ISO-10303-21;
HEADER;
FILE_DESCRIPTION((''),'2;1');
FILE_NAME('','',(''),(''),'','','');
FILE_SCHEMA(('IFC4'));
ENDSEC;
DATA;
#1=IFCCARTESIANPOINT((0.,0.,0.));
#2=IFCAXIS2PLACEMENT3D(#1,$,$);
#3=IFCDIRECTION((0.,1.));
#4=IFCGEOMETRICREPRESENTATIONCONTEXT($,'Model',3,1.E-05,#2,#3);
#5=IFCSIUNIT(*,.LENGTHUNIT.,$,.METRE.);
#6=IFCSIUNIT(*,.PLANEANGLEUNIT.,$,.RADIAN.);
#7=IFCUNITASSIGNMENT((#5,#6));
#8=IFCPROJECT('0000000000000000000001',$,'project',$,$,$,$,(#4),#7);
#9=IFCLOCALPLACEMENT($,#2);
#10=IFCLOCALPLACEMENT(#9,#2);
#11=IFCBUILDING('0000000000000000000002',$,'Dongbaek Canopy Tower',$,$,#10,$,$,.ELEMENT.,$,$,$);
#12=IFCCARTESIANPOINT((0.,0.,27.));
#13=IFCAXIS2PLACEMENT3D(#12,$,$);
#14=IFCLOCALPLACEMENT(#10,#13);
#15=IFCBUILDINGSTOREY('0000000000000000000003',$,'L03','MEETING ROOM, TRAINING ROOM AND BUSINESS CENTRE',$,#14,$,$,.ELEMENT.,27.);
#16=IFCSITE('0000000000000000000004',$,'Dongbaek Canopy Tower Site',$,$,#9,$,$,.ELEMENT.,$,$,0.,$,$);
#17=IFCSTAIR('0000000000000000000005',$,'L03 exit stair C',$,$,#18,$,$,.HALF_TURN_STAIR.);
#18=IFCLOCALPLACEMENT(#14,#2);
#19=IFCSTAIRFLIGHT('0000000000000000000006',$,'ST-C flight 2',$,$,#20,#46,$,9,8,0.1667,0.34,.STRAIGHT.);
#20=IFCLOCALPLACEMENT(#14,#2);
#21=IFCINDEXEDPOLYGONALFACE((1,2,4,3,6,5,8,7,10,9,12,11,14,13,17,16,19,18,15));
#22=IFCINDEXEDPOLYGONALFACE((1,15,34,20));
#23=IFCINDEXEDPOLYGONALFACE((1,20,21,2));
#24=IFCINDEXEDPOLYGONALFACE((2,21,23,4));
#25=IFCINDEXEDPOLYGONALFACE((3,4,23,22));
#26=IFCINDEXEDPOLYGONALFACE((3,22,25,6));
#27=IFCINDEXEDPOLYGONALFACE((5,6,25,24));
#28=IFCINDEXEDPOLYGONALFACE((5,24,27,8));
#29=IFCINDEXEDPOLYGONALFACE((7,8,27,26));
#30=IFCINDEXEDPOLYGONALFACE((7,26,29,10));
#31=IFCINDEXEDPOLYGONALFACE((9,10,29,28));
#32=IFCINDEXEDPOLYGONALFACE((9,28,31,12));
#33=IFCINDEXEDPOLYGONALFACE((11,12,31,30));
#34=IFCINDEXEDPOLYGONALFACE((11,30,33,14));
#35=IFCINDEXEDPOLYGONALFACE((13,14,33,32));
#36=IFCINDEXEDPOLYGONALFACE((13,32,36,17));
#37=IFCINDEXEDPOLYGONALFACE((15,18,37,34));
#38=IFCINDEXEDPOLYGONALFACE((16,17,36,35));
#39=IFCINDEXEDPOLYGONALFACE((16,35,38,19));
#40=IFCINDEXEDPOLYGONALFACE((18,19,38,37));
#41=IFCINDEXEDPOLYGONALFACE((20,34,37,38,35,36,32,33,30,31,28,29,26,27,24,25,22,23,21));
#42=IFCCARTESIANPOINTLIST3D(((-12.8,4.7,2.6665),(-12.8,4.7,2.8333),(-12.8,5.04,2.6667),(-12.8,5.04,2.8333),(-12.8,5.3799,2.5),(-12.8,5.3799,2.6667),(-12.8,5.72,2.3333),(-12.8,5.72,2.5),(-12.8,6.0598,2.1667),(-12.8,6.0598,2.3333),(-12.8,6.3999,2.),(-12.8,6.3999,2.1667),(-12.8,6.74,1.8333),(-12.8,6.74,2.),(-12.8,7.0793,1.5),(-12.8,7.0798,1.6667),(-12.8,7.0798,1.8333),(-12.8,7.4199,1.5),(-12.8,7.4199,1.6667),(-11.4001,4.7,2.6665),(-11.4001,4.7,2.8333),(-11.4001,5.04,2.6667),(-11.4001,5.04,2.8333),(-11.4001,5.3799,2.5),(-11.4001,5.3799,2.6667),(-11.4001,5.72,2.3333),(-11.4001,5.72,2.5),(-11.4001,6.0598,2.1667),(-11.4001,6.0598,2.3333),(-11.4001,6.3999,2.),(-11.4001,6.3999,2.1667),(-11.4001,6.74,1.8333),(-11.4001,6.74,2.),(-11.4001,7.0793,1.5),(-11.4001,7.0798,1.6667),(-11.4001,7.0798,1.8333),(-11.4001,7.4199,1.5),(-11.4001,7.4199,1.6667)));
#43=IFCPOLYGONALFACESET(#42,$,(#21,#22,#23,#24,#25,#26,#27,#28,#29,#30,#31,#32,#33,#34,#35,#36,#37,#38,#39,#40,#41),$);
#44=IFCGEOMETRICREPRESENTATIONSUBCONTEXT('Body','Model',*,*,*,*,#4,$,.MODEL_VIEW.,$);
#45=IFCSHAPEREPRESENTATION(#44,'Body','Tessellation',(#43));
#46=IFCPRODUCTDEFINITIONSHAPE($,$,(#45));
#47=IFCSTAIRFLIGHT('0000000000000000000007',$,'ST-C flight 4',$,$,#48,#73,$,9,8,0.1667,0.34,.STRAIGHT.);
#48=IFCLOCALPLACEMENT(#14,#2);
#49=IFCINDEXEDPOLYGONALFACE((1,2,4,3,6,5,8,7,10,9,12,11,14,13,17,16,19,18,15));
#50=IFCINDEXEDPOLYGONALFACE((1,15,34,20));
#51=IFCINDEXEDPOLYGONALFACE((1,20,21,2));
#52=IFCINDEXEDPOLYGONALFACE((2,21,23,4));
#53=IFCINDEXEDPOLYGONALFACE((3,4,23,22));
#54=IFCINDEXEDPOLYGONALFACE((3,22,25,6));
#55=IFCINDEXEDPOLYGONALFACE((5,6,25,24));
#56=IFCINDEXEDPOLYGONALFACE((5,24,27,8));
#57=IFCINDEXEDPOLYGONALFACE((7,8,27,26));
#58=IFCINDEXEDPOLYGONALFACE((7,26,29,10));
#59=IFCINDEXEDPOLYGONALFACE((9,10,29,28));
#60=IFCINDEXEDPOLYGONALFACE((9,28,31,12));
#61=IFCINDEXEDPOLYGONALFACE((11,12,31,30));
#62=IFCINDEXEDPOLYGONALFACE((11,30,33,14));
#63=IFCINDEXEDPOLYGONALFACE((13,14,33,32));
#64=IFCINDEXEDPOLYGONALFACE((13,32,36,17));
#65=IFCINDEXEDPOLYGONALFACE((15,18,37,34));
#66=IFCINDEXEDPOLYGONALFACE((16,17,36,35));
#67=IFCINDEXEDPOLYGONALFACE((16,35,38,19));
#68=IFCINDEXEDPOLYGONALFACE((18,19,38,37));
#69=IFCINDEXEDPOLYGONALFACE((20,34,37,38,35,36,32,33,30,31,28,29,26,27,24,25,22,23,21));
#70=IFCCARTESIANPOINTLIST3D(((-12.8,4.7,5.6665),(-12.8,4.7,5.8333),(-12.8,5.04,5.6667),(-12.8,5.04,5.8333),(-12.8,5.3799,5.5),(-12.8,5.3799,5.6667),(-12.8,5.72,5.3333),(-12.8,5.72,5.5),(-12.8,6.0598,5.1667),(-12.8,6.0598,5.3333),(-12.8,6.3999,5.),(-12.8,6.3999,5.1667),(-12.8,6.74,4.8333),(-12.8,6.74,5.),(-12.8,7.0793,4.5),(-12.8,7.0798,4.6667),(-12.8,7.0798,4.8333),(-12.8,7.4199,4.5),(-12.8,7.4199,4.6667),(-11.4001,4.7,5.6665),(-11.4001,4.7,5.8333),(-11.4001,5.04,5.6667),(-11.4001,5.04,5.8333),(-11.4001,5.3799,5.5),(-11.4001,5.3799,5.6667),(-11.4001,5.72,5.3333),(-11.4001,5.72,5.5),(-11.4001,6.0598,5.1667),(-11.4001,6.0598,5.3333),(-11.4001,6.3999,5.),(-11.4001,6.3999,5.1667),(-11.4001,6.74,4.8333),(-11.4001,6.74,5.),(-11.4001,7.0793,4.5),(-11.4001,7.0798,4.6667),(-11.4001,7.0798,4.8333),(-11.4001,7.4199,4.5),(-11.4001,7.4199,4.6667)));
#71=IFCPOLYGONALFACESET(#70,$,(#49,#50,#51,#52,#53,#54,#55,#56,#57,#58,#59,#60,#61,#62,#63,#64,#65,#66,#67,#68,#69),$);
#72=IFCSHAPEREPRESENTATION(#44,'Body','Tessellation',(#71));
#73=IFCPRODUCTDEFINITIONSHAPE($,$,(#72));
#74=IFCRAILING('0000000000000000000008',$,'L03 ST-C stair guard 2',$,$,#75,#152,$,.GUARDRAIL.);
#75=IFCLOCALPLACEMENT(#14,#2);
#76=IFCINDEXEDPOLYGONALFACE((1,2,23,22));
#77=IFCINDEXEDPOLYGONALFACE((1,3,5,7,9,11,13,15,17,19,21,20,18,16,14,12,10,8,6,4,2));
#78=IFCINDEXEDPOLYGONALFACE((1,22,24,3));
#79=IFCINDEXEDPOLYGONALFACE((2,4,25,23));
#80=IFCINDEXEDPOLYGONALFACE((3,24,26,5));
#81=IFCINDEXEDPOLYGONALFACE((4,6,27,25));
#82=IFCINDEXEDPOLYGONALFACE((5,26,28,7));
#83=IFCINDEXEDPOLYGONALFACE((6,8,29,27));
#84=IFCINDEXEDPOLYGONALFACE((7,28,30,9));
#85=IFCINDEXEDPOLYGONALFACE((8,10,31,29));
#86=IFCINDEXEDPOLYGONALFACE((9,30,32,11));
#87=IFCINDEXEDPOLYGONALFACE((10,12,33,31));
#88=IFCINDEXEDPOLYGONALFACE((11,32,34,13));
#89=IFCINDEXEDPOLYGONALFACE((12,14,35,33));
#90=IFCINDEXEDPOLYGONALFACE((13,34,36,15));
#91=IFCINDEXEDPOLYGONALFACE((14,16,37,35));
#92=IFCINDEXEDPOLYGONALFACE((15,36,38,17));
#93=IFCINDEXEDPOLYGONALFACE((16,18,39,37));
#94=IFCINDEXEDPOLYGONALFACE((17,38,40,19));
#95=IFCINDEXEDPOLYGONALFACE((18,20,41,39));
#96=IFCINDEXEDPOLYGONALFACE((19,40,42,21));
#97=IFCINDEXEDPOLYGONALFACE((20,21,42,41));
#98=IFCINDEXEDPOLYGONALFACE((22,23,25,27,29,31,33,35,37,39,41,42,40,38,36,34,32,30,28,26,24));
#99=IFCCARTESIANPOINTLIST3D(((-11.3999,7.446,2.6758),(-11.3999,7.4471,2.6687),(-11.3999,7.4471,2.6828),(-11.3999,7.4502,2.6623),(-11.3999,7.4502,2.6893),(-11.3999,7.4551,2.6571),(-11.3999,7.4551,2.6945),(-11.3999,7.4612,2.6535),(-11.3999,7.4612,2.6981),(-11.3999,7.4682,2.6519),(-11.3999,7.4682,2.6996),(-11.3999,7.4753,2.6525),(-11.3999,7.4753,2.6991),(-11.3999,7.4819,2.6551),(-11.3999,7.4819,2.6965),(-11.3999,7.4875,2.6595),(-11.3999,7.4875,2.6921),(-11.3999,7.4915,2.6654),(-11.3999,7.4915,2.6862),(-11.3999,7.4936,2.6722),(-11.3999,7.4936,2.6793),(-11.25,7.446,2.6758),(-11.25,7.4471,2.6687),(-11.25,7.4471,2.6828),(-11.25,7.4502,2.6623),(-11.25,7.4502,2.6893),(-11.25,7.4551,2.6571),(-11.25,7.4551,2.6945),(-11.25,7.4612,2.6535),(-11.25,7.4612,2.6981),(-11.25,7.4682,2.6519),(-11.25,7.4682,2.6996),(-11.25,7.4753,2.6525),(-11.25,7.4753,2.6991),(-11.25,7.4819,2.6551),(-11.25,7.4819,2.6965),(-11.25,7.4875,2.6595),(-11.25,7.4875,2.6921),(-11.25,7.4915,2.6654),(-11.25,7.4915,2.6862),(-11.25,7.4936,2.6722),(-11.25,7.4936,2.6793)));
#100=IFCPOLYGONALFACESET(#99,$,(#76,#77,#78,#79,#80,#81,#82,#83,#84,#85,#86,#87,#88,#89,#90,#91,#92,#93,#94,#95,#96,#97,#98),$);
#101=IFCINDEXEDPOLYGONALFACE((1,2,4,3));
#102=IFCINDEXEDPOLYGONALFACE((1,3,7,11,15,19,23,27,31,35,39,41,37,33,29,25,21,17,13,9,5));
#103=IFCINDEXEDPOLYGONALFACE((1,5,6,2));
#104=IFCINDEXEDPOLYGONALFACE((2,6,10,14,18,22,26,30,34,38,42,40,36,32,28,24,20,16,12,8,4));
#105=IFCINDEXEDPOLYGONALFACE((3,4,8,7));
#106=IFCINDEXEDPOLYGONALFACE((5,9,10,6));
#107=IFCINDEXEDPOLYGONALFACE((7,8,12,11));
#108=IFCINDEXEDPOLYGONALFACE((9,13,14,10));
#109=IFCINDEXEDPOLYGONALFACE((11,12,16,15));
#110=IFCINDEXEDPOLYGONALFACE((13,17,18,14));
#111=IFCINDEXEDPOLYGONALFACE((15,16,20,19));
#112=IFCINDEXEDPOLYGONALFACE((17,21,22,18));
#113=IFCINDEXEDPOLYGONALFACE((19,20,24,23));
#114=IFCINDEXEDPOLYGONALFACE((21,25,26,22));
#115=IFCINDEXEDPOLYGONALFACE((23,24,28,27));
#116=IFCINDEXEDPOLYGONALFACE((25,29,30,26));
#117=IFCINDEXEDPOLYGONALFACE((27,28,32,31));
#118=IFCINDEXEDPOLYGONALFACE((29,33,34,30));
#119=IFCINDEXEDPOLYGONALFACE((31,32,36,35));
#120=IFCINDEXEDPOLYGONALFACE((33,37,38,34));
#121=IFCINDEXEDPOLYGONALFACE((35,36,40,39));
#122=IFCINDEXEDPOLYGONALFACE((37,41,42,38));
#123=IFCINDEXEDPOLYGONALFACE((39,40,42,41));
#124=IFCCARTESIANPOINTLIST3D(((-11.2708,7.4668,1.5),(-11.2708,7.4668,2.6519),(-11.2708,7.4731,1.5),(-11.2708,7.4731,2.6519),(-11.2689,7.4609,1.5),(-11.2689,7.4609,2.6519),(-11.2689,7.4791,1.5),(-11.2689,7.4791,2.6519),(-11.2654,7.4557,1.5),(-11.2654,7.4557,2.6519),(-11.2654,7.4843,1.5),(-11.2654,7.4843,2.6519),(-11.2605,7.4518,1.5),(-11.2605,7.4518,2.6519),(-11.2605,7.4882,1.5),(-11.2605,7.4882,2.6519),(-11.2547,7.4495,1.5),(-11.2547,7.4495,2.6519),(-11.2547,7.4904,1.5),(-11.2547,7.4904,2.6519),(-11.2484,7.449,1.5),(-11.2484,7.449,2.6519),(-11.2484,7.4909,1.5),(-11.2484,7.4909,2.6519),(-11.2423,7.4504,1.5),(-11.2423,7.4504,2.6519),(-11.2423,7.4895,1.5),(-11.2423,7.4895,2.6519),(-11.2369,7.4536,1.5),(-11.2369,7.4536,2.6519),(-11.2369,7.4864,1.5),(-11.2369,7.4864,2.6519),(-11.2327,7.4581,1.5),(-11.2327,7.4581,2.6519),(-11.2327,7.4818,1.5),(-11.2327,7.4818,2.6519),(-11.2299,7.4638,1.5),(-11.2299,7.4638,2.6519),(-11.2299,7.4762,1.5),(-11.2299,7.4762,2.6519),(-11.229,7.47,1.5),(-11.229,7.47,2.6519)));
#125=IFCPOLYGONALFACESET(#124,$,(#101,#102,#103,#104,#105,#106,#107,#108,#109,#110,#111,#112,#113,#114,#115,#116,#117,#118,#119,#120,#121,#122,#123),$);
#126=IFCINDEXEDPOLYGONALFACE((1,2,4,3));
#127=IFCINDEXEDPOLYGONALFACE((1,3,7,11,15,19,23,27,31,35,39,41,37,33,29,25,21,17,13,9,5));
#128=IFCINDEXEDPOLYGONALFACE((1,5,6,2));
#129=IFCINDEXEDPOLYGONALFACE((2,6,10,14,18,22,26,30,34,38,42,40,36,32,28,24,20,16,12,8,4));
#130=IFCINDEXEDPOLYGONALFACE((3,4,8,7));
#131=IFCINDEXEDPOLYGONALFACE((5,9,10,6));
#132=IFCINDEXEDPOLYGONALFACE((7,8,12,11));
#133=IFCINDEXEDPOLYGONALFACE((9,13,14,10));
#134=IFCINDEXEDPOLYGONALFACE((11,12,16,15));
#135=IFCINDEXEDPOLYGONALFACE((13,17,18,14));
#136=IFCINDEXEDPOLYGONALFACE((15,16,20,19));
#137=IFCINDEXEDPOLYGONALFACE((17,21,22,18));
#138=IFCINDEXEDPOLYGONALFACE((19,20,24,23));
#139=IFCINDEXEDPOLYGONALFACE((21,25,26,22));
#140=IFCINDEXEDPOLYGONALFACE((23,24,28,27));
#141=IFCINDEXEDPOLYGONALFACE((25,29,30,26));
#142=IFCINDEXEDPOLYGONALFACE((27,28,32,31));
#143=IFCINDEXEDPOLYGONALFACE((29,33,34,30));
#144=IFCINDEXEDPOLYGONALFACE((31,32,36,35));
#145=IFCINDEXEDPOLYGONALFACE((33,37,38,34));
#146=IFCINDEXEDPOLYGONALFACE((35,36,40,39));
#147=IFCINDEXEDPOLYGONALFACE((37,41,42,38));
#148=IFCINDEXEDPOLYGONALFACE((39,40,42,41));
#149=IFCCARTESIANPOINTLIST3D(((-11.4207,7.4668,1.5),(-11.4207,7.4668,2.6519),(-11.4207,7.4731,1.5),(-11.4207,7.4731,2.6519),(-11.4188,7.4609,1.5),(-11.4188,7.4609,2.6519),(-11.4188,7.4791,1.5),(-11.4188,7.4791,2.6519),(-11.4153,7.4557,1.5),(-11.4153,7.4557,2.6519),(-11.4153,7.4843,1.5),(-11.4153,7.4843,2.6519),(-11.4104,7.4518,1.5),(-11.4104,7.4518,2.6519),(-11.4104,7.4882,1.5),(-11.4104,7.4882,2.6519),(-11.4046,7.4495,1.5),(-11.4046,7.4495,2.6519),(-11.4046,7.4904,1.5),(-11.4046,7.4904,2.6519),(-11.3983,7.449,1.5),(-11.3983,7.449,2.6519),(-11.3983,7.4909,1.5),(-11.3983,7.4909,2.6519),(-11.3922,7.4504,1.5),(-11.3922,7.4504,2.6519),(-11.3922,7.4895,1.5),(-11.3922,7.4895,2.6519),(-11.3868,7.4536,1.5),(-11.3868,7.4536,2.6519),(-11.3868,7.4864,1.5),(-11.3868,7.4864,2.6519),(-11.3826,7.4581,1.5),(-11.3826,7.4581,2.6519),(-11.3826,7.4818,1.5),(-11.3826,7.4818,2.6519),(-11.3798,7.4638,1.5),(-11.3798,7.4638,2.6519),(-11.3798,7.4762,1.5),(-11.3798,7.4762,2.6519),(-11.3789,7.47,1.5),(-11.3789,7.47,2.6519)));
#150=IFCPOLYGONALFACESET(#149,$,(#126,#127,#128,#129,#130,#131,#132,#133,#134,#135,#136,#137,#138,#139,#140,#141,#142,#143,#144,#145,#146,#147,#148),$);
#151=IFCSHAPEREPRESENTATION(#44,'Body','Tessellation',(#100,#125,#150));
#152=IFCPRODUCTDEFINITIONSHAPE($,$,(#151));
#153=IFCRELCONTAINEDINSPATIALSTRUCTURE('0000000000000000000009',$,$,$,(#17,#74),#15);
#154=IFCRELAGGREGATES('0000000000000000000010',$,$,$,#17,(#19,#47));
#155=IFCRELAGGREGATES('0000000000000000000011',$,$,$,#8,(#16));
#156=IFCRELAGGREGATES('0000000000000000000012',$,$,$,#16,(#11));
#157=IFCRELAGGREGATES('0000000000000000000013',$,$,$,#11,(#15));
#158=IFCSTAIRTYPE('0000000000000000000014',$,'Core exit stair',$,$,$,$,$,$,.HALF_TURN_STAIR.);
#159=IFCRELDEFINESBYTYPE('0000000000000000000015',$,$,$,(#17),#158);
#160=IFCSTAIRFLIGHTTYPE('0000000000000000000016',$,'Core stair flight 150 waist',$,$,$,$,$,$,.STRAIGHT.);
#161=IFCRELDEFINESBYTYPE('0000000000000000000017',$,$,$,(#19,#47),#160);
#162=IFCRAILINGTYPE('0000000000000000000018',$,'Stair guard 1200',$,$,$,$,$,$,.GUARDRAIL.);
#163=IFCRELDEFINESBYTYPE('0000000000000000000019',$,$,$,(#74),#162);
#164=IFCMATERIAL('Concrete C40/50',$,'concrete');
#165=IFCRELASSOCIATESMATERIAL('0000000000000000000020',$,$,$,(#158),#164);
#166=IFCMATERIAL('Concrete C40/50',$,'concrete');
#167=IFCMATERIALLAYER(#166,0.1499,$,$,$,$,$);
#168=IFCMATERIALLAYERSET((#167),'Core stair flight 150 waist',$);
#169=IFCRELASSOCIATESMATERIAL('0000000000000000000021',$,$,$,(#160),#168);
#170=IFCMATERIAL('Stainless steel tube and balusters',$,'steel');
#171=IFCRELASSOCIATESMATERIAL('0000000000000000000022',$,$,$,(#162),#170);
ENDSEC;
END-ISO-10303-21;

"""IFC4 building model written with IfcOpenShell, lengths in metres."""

from ifc_helpers import new_model, si_unit, direction, frame, origin, origin_2d, place, context, subcontext, project, spatial, polyline, circle, outline, extrude, material, layer, layer_set, type_object, element, aggregate, save


model = new_model("IFC4")

# Units and contexts
model_context = context("Model", 3, precision=1e-05, world=origin(), true_north=direction((0.0, 1.0)))
body_context = subcontext(model_context, "Body", "Model", "MODEL_VIEW")
ifc_project = project(units=[si_unit("LENGTHUNIT", "METRE"), si_unit("PLANEANGLEUNIT", "RADIAN")], contexts=[model_context])

# Site, building, storey
site_placement = place(None, origin())
site = spatial("IfcSite", under=ifc_project, at=site_placement, Name="Dongbaek Canopy Tower Site", CompositionType="ELEMENT", RefElevation=0.0)
building_placement = place(site_placement, origin())
building = spatial("IfcBuilding", under=site, at=building_placement, Name="Dongbaek Canopy Tower", CompositionType="ELEMENT")
storey_placement = place(building_placement, frame((0.0, 0.0, 27.0)))
storey = spatial("IfcBuildingStorey", under=building, at=storey_placement, Name="L03", Description="MEETING ROOM, TRAINING ROOM AND BUSINESS CENTRE", CompositionType="ELEMENT", Elevation=27.0)

# Stair, stair flights
ifc_material_1 = material(Name="Concrete C40/50", Category="concrete")
stair_type = type_object("IfcStairType", Name="Core exit stair", PredefinedType="HALF_TURN_STAIR", material=ifc_material_1)
stair_placement = place(storey_placement, origin())
stair = element("IfcStair", 1, at=stair_placement, inside=storey, type_object=stair_type, Name="L03 exit stair C", PredefinedType="HALF_TURN_STAIR")
ifc_material_2 = material(Name="Concrete C40/50", Category="concrete")
ifc_layer_1 = layer(ifc_material_2, 0.1499)
ifc_layer_set_1 = layer_set([ifc_layer_1], Name="Core stair flight 150 waist")
stair_flight_type = type_object("IfcStairFlightType", Name="Core stair flight 150 waist", PredefinedType="STRAIGHT", material=ifc_layer_set_1)
stair_flight_1_placement = place(storey_placement, frame((-12.1001, 7.4199, 1.5), z_axis=(0.0, 0.0, 1.0), x_axis=(0.0, -1.0, 0.0)))
stair_flight_1 = element("IfcStairFlight", 2, at=stair_flight_1_placement, type_object=stair_flight_type, Name="ST-C flight 2", NumberOfRisers=9, NumberOfTreads=8, PredefinedType="STRAIGHT", RiserHeight=0.1667, TreadLength=0.34, context=body_context, shape_type="SweptSolid", body=[
    extrude(outline(polyline([(0.0, 0.0), (0.0, 0.1667), (0.3401, 0.1667), (0.3401, 0.3333), (0.6799, 0.3333), (0.6799, 0.5), (1.02, 0.5), (1.02, 0.6667), (1.3601, 0.6667), (1.3601, 0.8333), (1.7, 0.8333), (1.7, 1.0), (2.04, 1.0), (2.04, 1.1667), (2.3799, 1.1667), (2.3799, 1.3333), (2.72, 1.3333), (2.72, 1.5), (2.72, 1.1665), (0.3406, 0.0), (0.0, 0.0)])), frame((0.0, 0.7, 0.0), z_axis=(0.0, -1.0, 0.0), x_axis=(1.0, 0.0, 0.0)), (0.0, 0.0, 1.0), 1.3999),
])
stair_flight_2_placement = place(storey_placement, frame((-12.1001, 7.4199, 4.5), z_axis=(0.0, 0.0, 1.0), x_axis=(0.0, -1.0, 0.0)))
stair_flight_2 = element("IfcStairFlight", 3, at=stair_flight_2_placement, type_object=stair_flight_type, Name="ST-C flight 4", NumberOfRisers=9, NumberOfTreads=8, PredefinedType="STRAIGHT", RiserHeight=0.1667, TreadLength=0.34, context=body_context, shape_type="SweptSolid", body=[
    extrude(outline(polyline([(0.0, 0.0), (0.0, 0.1667), (0.3401, 0.1667), (0.3401, 0.3333), (0.6799, 0.3333), (0.6799, 0.5), (1.02, 0.5), (1.02, 0.6667), (1.3601, 0.6667), (1.3601, 0.8333), (1.7, 0.8333), (1.7, 1.0), (2.04, 1.0), (2.04, 1.1667), (2.3799, 1.1667), (2.3799, 1.3333), (2.72, 1.3333), (2.72, 1.5), (2.72, 1.1665), (0.3406, 0.0), (0.0, 0.0)])), frame((0.0, 0.7, 0.0), z_axis=(0.0, -1.0, 0.0), x_axis=(1.0, 0.0, 0.0)), (0.0, 0.0, 1.0), 1.3999),
])
aggregate(stair, [stair_flight_1, stair_flight_2])

# Railing
ifc_material_3 = material(Name="Stainless steel tube and balusters", Category="steel")
railing_type_1 = type_object("IfcRailingType", Name="Stair guard 1200", PredefinedType="GUARDRAIL", material=ifc_material_3)
railing_1_placement = place(storey_placement, frame((-11.25, 7.47, 1.5)))
element("IfcRailing", 4, at=railing_1_placement, inside=storey, type_object=railing_type_1, Name="L03 ST-C stair guard 2", PredefinedType="GUARDRAIL", context=body_context, shape_type="SweptSolid", body=[
    extrude(circle(Radius=0.0239, at=origin_2d()), frame((0.0, 0.0, 1.1758), z_axis=(-1.0, 0.0, 0.0), x_axis=(0.0, -1.0, 0.0)), (0.0, 0.0, 1.0), 0.1499),
    extrude(circle(Radius=0.021, at=origin_2d()), origin(), (0.0, 0.0, 1.0), 1.1519),
    extrude(circle(Radius=0.021, at=origin_2d()), frame((-0.1499, 0.0, 0.0)), (0.0, 0.0, 1.0), 1.1519),
])

save(model, "model.ifc")
